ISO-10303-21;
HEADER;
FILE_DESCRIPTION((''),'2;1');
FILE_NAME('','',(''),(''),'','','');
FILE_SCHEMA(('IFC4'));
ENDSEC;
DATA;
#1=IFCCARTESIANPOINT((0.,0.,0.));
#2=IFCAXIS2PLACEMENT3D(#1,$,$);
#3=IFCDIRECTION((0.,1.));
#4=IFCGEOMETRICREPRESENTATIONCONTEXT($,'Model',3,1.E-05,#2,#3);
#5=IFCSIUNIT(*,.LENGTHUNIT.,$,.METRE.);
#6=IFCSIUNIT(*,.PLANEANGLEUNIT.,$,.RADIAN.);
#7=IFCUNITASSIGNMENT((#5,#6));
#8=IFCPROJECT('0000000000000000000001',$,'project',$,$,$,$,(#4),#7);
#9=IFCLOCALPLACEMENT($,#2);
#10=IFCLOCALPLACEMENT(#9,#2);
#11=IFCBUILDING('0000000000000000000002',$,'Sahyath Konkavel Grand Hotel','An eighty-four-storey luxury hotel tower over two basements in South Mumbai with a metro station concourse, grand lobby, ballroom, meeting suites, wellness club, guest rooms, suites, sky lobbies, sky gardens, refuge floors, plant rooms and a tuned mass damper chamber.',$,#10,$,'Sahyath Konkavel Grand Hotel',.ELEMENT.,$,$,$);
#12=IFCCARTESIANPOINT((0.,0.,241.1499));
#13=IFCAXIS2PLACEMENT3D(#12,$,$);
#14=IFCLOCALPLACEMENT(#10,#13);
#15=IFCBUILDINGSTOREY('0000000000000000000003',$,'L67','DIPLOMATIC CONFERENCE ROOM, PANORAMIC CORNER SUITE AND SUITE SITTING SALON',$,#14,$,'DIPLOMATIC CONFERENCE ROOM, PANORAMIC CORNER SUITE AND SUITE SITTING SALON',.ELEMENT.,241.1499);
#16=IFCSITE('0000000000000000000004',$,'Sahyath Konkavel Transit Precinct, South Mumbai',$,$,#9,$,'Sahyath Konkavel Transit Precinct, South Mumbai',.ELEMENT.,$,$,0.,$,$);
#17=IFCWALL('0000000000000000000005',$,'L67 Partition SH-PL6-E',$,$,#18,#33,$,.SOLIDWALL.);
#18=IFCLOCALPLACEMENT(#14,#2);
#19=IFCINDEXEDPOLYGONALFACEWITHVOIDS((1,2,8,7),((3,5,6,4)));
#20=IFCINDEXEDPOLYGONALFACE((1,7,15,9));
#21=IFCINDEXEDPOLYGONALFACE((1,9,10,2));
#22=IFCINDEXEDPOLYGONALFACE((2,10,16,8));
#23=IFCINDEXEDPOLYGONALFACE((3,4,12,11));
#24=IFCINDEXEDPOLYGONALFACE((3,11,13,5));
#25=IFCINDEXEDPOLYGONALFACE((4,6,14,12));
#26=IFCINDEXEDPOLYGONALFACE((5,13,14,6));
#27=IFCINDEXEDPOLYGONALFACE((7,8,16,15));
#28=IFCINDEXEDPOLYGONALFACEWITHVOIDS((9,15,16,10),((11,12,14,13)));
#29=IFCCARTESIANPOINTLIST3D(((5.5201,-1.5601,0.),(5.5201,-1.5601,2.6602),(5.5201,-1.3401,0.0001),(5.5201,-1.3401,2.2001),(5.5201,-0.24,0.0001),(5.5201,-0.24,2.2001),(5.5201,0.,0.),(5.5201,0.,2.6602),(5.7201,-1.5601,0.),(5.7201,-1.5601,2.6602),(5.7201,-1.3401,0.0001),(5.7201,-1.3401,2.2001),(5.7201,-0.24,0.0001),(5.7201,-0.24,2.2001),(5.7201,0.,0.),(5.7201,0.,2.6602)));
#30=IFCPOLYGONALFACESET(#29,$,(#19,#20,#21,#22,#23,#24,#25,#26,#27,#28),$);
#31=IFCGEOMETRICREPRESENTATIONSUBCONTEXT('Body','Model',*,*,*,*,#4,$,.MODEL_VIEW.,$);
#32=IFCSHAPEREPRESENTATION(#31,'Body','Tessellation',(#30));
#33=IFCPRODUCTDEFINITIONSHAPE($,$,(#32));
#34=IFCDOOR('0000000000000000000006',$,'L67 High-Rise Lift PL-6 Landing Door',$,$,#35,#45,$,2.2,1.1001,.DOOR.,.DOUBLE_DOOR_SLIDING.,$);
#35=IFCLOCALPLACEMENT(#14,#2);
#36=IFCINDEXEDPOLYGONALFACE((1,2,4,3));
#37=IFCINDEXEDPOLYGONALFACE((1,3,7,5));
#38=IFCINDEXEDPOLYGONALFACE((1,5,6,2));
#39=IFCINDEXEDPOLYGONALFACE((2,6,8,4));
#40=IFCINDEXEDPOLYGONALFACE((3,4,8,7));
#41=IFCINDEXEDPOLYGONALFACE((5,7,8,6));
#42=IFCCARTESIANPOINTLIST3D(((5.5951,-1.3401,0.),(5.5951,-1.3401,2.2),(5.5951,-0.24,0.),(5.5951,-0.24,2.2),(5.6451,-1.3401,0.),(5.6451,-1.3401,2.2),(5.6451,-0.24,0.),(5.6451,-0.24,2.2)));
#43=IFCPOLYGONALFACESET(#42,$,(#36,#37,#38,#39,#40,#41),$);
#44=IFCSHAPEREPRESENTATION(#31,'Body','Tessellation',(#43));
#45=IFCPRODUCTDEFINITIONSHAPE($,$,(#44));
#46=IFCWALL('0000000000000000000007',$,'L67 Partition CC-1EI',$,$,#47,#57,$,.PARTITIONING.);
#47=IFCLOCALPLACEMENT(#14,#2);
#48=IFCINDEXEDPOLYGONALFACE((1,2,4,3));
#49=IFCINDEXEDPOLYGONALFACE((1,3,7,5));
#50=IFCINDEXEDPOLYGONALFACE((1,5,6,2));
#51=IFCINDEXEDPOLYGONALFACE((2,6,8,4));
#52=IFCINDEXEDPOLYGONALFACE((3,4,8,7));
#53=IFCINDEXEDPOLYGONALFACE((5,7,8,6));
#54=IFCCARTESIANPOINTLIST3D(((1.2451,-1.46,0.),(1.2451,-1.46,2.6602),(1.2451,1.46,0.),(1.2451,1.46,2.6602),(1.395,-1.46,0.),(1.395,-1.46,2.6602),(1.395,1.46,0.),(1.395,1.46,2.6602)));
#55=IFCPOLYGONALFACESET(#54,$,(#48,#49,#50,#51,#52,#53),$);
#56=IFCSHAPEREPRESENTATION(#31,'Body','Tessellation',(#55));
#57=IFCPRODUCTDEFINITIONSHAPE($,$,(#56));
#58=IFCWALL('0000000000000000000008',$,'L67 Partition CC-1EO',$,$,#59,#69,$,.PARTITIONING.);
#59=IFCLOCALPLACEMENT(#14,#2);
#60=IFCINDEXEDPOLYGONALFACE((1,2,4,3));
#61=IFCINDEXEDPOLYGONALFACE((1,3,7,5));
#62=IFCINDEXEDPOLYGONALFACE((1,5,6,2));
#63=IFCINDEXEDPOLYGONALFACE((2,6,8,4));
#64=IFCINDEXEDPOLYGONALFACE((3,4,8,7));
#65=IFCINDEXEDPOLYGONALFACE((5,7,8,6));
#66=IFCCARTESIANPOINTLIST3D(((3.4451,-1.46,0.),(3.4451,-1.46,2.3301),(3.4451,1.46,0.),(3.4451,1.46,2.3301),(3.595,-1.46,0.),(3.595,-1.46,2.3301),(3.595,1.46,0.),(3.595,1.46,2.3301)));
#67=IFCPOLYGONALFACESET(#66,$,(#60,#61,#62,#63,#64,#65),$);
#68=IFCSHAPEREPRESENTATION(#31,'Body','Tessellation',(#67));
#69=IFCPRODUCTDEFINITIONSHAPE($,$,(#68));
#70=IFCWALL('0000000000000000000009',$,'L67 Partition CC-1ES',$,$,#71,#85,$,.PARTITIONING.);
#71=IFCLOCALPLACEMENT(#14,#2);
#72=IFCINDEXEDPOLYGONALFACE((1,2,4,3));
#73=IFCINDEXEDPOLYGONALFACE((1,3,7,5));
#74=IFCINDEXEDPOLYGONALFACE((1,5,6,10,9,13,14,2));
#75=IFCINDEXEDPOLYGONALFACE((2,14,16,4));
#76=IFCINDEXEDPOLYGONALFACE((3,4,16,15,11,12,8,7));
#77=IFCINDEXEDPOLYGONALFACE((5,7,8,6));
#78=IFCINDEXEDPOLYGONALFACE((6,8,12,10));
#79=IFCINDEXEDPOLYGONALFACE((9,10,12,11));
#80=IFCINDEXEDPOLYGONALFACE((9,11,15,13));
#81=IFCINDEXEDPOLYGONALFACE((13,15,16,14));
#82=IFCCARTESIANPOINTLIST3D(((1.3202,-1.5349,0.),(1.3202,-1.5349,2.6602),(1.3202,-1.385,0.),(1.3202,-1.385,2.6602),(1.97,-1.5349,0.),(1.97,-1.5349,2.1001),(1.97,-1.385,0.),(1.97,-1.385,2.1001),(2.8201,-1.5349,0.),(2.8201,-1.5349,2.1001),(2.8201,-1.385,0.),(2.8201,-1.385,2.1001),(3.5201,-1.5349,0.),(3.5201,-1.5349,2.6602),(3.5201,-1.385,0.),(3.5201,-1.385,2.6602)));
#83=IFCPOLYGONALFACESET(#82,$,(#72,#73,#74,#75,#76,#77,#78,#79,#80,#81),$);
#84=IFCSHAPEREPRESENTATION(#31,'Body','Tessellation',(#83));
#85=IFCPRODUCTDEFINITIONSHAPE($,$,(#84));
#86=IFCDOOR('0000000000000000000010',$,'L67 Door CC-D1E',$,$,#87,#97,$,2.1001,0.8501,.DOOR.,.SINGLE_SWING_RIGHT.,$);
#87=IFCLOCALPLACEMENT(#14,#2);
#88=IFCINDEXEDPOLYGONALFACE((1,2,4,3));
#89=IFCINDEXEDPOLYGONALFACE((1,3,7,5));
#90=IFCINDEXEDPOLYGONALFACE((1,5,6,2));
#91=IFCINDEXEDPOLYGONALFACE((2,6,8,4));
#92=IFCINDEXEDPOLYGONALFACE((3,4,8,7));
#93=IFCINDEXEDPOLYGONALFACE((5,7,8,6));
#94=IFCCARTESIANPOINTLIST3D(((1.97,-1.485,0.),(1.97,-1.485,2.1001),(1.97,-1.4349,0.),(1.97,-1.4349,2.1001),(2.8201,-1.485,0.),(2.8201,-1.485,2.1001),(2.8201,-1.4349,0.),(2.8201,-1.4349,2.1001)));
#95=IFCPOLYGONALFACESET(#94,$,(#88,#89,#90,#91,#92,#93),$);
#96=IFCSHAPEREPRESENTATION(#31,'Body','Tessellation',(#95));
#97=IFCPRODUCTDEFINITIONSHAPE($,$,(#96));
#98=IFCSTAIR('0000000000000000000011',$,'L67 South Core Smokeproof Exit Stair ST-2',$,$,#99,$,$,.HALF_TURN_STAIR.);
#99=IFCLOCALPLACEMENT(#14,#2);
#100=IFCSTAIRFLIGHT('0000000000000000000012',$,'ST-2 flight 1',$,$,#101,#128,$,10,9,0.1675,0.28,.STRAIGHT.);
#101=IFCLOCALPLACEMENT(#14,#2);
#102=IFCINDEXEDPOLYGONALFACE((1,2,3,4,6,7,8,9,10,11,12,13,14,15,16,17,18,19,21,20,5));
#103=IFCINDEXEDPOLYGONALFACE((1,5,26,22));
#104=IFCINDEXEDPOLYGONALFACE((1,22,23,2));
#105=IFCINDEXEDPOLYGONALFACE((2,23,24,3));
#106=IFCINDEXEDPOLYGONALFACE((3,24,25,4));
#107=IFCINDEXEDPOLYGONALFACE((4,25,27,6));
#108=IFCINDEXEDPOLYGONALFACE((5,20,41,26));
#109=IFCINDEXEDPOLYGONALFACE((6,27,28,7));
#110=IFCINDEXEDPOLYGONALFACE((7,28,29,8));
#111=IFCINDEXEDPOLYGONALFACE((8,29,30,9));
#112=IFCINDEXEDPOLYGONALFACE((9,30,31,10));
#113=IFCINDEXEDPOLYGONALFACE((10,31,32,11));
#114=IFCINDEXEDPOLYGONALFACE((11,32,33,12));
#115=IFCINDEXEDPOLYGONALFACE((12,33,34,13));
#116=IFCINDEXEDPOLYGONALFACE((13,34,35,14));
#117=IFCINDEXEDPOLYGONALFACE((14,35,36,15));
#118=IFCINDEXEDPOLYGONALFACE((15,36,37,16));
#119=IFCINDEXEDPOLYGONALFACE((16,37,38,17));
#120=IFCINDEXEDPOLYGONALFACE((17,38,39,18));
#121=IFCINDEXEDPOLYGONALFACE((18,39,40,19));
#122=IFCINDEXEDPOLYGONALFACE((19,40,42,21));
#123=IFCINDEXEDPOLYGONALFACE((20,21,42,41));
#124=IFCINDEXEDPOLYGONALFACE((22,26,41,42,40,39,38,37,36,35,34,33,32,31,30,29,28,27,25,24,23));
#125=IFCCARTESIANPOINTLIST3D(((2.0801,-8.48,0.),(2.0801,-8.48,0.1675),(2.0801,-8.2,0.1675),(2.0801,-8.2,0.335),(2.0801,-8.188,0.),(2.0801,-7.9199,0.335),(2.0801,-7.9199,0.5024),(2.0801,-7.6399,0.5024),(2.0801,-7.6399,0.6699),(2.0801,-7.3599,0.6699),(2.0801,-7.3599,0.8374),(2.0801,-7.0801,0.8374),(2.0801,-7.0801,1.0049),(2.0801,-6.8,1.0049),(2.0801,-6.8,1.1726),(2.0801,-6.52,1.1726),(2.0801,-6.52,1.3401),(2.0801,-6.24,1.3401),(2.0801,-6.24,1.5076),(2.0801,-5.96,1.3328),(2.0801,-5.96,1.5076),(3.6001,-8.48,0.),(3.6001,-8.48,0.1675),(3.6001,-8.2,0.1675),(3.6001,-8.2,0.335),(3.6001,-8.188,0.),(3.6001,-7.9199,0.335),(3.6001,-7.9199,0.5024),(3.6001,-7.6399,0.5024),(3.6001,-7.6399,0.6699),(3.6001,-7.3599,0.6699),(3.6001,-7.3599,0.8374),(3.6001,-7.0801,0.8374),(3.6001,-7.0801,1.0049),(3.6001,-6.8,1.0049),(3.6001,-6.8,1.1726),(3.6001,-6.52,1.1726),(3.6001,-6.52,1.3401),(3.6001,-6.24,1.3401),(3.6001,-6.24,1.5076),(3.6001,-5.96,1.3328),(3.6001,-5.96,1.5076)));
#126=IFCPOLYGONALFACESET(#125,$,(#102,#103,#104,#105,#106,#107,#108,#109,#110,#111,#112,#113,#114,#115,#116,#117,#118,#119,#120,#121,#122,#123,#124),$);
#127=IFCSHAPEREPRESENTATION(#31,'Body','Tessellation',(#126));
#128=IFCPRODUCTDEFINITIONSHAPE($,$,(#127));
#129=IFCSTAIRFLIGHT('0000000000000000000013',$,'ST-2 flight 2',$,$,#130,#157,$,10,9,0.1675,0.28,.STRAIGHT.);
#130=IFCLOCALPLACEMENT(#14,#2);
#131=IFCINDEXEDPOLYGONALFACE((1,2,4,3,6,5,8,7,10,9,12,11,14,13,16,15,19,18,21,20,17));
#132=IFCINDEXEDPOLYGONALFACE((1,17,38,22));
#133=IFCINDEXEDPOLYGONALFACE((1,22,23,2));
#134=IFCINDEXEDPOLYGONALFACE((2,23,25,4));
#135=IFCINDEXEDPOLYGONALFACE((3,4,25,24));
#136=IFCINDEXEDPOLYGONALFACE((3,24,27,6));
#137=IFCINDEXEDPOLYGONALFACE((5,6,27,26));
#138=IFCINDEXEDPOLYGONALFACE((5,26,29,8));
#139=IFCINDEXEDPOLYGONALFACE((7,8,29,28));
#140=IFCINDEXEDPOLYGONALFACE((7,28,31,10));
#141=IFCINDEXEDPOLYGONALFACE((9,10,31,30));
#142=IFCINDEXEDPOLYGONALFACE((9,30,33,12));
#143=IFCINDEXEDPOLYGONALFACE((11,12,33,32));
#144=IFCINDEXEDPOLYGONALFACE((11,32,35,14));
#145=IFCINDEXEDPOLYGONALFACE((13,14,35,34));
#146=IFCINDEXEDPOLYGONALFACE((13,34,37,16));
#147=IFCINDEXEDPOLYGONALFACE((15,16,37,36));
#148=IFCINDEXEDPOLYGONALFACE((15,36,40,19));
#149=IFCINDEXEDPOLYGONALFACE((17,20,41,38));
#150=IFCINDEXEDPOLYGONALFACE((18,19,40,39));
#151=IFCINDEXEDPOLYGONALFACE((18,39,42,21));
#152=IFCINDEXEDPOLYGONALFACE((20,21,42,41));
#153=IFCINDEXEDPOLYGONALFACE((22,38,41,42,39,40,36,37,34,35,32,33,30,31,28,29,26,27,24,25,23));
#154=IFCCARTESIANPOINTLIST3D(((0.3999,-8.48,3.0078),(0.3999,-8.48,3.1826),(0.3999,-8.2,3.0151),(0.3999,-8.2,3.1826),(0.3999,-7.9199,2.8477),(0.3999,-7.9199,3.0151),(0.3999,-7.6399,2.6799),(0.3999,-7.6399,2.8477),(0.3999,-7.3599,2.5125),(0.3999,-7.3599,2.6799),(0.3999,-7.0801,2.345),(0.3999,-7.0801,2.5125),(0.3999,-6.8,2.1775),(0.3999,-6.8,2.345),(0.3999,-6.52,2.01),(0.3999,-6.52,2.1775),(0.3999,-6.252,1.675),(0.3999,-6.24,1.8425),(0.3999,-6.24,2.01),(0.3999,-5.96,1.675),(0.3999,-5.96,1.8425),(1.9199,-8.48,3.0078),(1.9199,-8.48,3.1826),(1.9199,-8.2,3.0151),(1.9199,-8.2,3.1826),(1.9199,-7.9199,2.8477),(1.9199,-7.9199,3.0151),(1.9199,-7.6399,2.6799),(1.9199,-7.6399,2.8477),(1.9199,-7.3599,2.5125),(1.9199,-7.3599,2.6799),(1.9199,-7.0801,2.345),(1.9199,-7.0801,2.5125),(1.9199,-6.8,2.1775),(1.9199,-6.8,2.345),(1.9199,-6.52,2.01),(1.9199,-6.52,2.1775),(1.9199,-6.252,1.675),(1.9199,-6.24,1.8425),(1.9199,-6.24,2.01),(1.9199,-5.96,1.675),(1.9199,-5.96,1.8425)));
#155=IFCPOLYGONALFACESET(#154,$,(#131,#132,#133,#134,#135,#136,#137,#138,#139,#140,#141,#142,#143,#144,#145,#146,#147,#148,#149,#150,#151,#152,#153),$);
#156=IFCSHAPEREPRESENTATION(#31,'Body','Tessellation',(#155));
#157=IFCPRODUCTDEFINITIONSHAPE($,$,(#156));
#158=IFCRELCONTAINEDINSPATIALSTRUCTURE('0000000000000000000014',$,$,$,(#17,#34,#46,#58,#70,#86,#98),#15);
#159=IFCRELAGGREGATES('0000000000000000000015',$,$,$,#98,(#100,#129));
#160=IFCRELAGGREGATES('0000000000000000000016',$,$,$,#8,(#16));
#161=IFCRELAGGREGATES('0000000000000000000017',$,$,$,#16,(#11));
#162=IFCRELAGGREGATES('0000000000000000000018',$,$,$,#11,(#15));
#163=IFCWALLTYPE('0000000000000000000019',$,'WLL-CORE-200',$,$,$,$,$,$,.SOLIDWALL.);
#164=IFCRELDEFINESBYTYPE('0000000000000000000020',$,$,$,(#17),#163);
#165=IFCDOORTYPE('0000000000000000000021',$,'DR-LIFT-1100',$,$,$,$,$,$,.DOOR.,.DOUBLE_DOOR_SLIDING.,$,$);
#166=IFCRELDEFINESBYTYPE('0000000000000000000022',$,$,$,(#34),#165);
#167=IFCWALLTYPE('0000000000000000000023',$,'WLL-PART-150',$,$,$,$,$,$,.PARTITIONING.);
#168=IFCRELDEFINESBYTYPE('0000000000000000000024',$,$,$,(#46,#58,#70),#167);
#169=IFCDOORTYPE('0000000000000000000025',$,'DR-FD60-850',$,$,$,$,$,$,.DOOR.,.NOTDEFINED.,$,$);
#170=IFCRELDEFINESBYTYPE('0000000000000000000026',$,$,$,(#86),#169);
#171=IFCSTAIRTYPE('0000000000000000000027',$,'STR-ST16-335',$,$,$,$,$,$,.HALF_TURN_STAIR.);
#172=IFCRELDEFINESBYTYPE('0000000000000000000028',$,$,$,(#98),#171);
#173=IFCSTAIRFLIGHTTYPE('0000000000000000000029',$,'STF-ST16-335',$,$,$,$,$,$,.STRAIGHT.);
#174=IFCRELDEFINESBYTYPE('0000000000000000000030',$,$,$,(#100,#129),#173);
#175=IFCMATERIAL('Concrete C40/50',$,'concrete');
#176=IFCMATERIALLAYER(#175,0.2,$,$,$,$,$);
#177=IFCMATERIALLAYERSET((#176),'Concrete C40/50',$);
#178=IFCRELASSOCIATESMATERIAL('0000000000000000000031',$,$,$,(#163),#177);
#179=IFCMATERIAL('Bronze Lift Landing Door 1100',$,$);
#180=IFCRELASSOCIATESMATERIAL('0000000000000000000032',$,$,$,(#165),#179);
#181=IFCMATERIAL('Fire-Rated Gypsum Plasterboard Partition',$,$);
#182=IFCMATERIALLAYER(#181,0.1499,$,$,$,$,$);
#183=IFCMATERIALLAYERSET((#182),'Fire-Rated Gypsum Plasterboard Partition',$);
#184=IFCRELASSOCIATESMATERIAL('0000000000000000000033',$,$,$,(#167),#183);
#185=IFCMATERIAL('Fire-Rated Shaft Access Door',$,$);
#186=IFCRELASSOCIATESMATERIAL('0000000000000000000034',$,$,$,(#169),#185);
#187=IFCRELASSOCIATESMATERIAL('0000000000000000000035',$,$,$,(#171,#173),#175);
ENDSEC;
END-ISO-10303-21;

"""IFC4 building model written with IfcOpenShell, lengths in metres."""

from ifc_helpers import new_model, si_unit, direction, frame, frame_2d, origin, origin_2d, place, context, subcontext, project, spatial, polyline, rectangle, outline, extrude, source, transform, mapped, material, layer, layer_set, type_object, element, fill, aggregate, save


model = new_model("IFC4")

# Units and contexts
model_context = context("Model", 3, precision=1e-05, world=origin(), true_north=direction((0.0, 1.0)))
body_context = subcontext(model_context, "Body", "Model", "MODEL_VIEW")
ifc_project = project(units=[si_unit("LENGTHUNIT", "METRE"), si_unit("PLANEANGLEUNIT", "RADIAN")], contexts=[model_context])

# Site, building, storey
site_placement = place(None, origin())
site = spatial("IfcSite", under=ifc_project, at=site_placement, Name="Sahyath Konkavel Transit Precinct, South Mumbai", LongName="Sahyath Konkavel Transit Precinct, South Mumbai", CompositionType="ELEMENT", RefElevation=0.0)
building_placement = place(site_placement, origin())
building = spatial("IfcBuilding", under=site, at=building_placement, Name="Sahyath Konkavel Grand Hotel", Description="An eighty-four-storey luxury hotel tower over two basements in South Mumbai with a metro station concourse, grand lobby, ballroom, meeting suites, wellness club, guest rooms, suites, sky lobbies, sky gardens, refuge floors, plant rooms and a tuned mass damper chamber.", LongName="Sahyath Konkavel Grand Hotel", CompositionType="ELEMENT")
storey_placement = place(building_placement, frame((0.0, 0.0, 241.1499)))
storey = spatial("IfcBuildingStorey", under=building, at=storey_placement, Name="L67", Description="DIPLOMATIC CONFERENCE ROOM, PANORAMIC CORNER SUITE AND SUITE SITTING SALON", LongName="DIPLOMATIC CONFERENCE ROOM, PANORAMIC CORNER SUITE AND SUITE SITTING SALON", CompositionType="ELEMENT", Elevation=241.1499)

# Shared definitions
ifc_material_1 = material(Name="Concrete C40/50", Category="concrete")

# Shared definitions
ifc_layer_1 = layer(ifc_material_1, 0.2)
ifc_layer_set_1 = layer_set([ifc_layer_1], Name="Concrete C40/50")
wall_type_1 = type_object("IfcWallType", Name="WLL-CORE-200", PredefinedType="SOLIDWALL", material=ifc_layer_set_1)

# Wall, opening, door
wall_1_placement = place(storey_placement, frame((5.6201, -1.5601, 0.0), z_axis=(0.0, 0.0, 1.0), x_axis=(0.0, 1.0, 0.0)))
wall_1 = element("IfcWall", 1, at=wall_1_placement, inside=storey, type_object=wall_type_1, Name="L67 Partition SH-PL6-E", PredefinedType="SOLIDWALL", context=body_context, shape_type="SweptSolid", body=[
    extrude(rectangle(XDim=1.5601, YDim=0.2, at=frame_2d((0.78, 0.0))), origin(), (0.0, 0.0, 1.0), 2.6602),
])
opening_1_placement = place(wall_1_placement, frame((0.22, 0.0, 0.0)))
opening_1 = element("IfcOpeningElement", 2, at=opening_1_placement, cuts=wall_1, PredefinedType="OPENING", context=body_context, shape_type="SweptSolid", body=[
    extrude(rectangle(XDim=1.1001, YDim=2.2, at=frame_2d((0.55, 1.1001))), frame((0.0, 0.1099, 0.0), z_axis=(0.0, -1.0, 0.0), x_axis=(1.0, 0.0, 0.0)), (0.0, 0.0, 1.0), 0.22),
])
ifc_material_2 = material(Name="Bronze Lift Landing Door 1100")
door_type_1 = type_object("IfcDoorType", Name="DR-LIFT-1100", OperationType="DOUBLE_DOOR_SLIDING", PredefinedType="DOOR", material=ifc_material_2)
shared_shape_1 = source(origin(), body_context, "Body", "SweptSolid", [
    extrude(rectangle(XDim=1.1001, YDim=0.05, at=origin_2d()), origin(), (0.0, 0.0, 1.0), 2.2),
])
door_1_placement = place(opening_1_placement, frame((0.55, 0.0, 0.0)))
door_1 = element("IfcDoor", 3, at=door_1_placement, inside=storey, type_object=door_type_1, Name="L67 High-Rise Lift PL-6 Landing Door", OperationType="DOUBLE_DOOR_SLIDING", OverallHeight=2.2, OverallWidth=1.1001, PredefinedType="DOOR", context=body_context, shape_type="MappedRepresentation", body=[
    mapped(shared_shape_1, transform((0.0, 0.0, 0.0), scale=1.0)),
])
fill(opening_1, door_1)

# Walls
ifc_material_3 = material(Name="Fire-Rated Gypsum Plasterboard Partition")
ifc_layer_2 = layer(ifc_material_3, 0.1499)
ifc_layer_set_2 = layer_set([ifc_layer_2], Name="Fire-Rated Gypsum Plasterboard Partition")
wall_type_2 = type_object("IfcWallType", Name="WLL-PART-150", PredefinedType="PARTITIONING", material=ifc_layer_set_2)
wall_2_placement = place(storey_placement, frame((1.3201, -1.46, 0.0), z_axis=(0.0, 0.0, 1.0), x_axis=(0.0, 1.0, 0.0)))
element("IfcWall", 4, at=wall_2_placement, inside=storey, type_object=wall_type_2, Name="L67 Partition CC-1EI", PredefinedType="PARTITIONING", context=body_context, shape_type="SweptSolid", body=[
    extrude(rectangle(XDim=2.9199, YDim=0.1499, at=frame_2d((1.46, 0.0))), origin(), (0.0, 0.0, 1.0), 2.6602),
])
wall_3_placement = place(storey_placement, frame((3.52, -1.46, 0.0), z_axis=(0.0, 0.0, 1.0), x_axis=(0.0, 1.0, 0.0)))
element("IfcWall", 5, at=wall_3_placement, inside=storey, type_object=wall_type_2, Name="L67 Partition CC-1EO", PredefinedType="PARTITIONING", context=body_context, shape_type="SweptSolid", body=[
    extrude(rectangle(XDim=2.9199, YDim=0.1499, at=frame_2d((1.46, 0.0))), origin(), (0.0, 0.0, 1.0), 2.3301),
])

# Wall, opening, door
wall_4_placement = place(storey_placement, frame((1.3201, -1.46, 0.0), z_axis=(0.0, 0.0, 1.0), x_axis=(1.0, 0.0, 0.0)))
wall_4 = element("IfcWall", 6, at=wall_4_placement, inside=storey, type_object=wall_type_2, Name="L67 Partition CC-1ES", PredefinedType="PARTITIONING", context=body_context, shape_type="SweptSolid", body=[
    extrude(rectangle(XDim=2.2, YDim=0.1499, at=frame_2d((1.1001, 0.0))), origin(), (0.0, 0.0, 1.0), 2.6602),
])
opening_2_placement = place(wall_4_placement, frame((0.6499, 0.0, 0.0)))
opening_2 = element("IfcOpeningElement", 7, at=opening_2_placement, cuts=wall_4, PredefinedType="OPENING", context=body_context, shape_type="SweptSolid", body=[
    extrude(rectangle(XDim=0.8501, YDim=2.1001, at=frame_2d((0.425, 1.05))), frame((0.0, 0.085, 0.0), z_axis=(0.0, -1.0, 0.0), x_axis=(1.0, 0.0, 0.0)), (0.0, 0.0, 1.0), 0.1699),
])
ifc_material_4 = material(Name="Fire-Rated Shaft Access Door")
door_type_2 = type_object("IfcDoorType", Name="DR-FD60-850", OperationType="NOTDEFINED", PredefinedType="DOOR", material=ifc_material_4)
shared_shape_2 = source(origin(), body_context, "Body", "SweptSolid", [
    extrude(rectangle(XDim=0.8501, YDim=0.05, at=origin_2d()), origin(), (0.0, 0.0, 1.0), 2.1001),
])
door_2_placement = place(opening_2_placement, frame((0.425, 0.0, 0.0)))
door_2 = element("IfcDoor", 8, at=door_2_placement, inside=storey, type_object=door_type_2, Name="L67 Door CC-D1E", OperationType="SINGLE_SWING_RIGHT", OverallHeight=2.1001, OverallWidth=0.8501, PredefinedType="DOOR", context=body_context, shape_type="MappedRepresentation", body=[
    mapped(shared_shape_2, transform((0.0, 0.0, 0.0), scale=1.0)),
])
fill(opening_2, door_2)

# Stair, stair flights
stair_type = type_object("IfcStairType", Name="STR-ST16-335", PredefinedType="HALF_TURN_STAIR", material=ifc_material_1)
stair_placement = place(storey_placement, origin())
stair = element("IfcStair", 9, at=stair_placement, inside=storey, type_object=stair_type, Name="L67 South Core Smokeproof Exit Stair ST-2", PredefinedType="HALF_TURN_STAIR")
stair_flight_type = type_object("IfcStairFlightType", Name="STF-ST16-335", PredefinedType="STRAIGHT", material=ifc_material_1)
stair_flight_1_placement = place(storey_placement, frame((2.8401, -8.48, 0.0), z_axis=(0.0, 0.0, 1.0), x_axis=(0.0, 1.0, 0.0)))
stair_flight_1 = element("IfcStairFlight", 10, at=stair_flight_1_placement, type_object=stair_flight_type, Name="ST-2 flight 1", NumberOfRisers=10, NumberOfTreads=9, PredefinedType="STRAIGHT", RiserHeight=0.1675, TreadLength=0.28, context=body_context, shape_type="SweptSolid", body=[
    extrude(outline(polyline([(0.0, 0.0), (0.0, 0.1675), (0.28, 0.1675), (0.28, 0.335), (0.5601, 0.335), (0.5601, 0.5024), (0.8401, 0.5024), (0.8401, 0.6699), (1.1201, 0.6699), (1.1201, 0.8374), (1.3999, 0.8374), (1.3999, 1.0049), (1.6799, 1.0049), (1.6799, 1.1726), (1.96, 1.1726), (1.96, 1.3401), (2.24, 1.3401), (2.24, 1.5076), (2.52, 1.5076), (2.52, 1.675), (2.52, 1.3328), (0.292, 0.0), (0.0, 0.0)])), frame((0.0, 0.76, 0.0), z_axis=(0.0, -1.0, 0.0), x_axis=(1.0, 0.0, 0.0)), (0.0, 0.0, 1.0), 1.52),
])
stair_flight_2_placement = place(storey_placement, frame((1.1599, -5.96, 1.675), z_axis=(0.0, 0.0, 1.0), x_axis=(0.0, -1.0, 0.0)))
stair_flight_2 = element("IfcStairFlight", 11, at=stair_flight_2_placement, type_object=stair_flight_type, Name="ST-2 flight 2", NumberOfRisers=10, NumberOfTreads=9, PredefinedType="STRAIGHT", RiserHeight=0.1675, TreadLength=0.28, context=body_context, shape_type="SweptSolid", body=[
    extrude(outline(polyline([(0.0, 0.0), (0.0, 0.1675), (0.28, 0.1675), (0.28, 0.335), (0.5601, 0.335), (0.5601, 0.5024), (0.8401, 0.5024), (0.8401, 0.6699), (1.1201, 0.6699), (1.1201, 0.8374), (1.3999, 0.8374), (1.3999, 1.0049), (1.6799, 1.0049), (1.6799, 1.1726), (1.96, 1.1726), (1.96, 1.3401), (2.24, 1.3401), (2.24, 1.5076), (2.52, 1.5076), (2.52, 1.675), (2.52, 1.3328), (0.292, 0.0), (0.0, 0.0)])), frame((0.0, 0.76, 0.0), z_axis=(0.0, -1.0, 0.0), x_axis=(1.0, 0.0, 0.0)), (0.0, 0.0, 1.0), 1.52),
])
aggregate(stair, [stair_flight_1, stair_flight_2])

save(model, "model.ifc")
